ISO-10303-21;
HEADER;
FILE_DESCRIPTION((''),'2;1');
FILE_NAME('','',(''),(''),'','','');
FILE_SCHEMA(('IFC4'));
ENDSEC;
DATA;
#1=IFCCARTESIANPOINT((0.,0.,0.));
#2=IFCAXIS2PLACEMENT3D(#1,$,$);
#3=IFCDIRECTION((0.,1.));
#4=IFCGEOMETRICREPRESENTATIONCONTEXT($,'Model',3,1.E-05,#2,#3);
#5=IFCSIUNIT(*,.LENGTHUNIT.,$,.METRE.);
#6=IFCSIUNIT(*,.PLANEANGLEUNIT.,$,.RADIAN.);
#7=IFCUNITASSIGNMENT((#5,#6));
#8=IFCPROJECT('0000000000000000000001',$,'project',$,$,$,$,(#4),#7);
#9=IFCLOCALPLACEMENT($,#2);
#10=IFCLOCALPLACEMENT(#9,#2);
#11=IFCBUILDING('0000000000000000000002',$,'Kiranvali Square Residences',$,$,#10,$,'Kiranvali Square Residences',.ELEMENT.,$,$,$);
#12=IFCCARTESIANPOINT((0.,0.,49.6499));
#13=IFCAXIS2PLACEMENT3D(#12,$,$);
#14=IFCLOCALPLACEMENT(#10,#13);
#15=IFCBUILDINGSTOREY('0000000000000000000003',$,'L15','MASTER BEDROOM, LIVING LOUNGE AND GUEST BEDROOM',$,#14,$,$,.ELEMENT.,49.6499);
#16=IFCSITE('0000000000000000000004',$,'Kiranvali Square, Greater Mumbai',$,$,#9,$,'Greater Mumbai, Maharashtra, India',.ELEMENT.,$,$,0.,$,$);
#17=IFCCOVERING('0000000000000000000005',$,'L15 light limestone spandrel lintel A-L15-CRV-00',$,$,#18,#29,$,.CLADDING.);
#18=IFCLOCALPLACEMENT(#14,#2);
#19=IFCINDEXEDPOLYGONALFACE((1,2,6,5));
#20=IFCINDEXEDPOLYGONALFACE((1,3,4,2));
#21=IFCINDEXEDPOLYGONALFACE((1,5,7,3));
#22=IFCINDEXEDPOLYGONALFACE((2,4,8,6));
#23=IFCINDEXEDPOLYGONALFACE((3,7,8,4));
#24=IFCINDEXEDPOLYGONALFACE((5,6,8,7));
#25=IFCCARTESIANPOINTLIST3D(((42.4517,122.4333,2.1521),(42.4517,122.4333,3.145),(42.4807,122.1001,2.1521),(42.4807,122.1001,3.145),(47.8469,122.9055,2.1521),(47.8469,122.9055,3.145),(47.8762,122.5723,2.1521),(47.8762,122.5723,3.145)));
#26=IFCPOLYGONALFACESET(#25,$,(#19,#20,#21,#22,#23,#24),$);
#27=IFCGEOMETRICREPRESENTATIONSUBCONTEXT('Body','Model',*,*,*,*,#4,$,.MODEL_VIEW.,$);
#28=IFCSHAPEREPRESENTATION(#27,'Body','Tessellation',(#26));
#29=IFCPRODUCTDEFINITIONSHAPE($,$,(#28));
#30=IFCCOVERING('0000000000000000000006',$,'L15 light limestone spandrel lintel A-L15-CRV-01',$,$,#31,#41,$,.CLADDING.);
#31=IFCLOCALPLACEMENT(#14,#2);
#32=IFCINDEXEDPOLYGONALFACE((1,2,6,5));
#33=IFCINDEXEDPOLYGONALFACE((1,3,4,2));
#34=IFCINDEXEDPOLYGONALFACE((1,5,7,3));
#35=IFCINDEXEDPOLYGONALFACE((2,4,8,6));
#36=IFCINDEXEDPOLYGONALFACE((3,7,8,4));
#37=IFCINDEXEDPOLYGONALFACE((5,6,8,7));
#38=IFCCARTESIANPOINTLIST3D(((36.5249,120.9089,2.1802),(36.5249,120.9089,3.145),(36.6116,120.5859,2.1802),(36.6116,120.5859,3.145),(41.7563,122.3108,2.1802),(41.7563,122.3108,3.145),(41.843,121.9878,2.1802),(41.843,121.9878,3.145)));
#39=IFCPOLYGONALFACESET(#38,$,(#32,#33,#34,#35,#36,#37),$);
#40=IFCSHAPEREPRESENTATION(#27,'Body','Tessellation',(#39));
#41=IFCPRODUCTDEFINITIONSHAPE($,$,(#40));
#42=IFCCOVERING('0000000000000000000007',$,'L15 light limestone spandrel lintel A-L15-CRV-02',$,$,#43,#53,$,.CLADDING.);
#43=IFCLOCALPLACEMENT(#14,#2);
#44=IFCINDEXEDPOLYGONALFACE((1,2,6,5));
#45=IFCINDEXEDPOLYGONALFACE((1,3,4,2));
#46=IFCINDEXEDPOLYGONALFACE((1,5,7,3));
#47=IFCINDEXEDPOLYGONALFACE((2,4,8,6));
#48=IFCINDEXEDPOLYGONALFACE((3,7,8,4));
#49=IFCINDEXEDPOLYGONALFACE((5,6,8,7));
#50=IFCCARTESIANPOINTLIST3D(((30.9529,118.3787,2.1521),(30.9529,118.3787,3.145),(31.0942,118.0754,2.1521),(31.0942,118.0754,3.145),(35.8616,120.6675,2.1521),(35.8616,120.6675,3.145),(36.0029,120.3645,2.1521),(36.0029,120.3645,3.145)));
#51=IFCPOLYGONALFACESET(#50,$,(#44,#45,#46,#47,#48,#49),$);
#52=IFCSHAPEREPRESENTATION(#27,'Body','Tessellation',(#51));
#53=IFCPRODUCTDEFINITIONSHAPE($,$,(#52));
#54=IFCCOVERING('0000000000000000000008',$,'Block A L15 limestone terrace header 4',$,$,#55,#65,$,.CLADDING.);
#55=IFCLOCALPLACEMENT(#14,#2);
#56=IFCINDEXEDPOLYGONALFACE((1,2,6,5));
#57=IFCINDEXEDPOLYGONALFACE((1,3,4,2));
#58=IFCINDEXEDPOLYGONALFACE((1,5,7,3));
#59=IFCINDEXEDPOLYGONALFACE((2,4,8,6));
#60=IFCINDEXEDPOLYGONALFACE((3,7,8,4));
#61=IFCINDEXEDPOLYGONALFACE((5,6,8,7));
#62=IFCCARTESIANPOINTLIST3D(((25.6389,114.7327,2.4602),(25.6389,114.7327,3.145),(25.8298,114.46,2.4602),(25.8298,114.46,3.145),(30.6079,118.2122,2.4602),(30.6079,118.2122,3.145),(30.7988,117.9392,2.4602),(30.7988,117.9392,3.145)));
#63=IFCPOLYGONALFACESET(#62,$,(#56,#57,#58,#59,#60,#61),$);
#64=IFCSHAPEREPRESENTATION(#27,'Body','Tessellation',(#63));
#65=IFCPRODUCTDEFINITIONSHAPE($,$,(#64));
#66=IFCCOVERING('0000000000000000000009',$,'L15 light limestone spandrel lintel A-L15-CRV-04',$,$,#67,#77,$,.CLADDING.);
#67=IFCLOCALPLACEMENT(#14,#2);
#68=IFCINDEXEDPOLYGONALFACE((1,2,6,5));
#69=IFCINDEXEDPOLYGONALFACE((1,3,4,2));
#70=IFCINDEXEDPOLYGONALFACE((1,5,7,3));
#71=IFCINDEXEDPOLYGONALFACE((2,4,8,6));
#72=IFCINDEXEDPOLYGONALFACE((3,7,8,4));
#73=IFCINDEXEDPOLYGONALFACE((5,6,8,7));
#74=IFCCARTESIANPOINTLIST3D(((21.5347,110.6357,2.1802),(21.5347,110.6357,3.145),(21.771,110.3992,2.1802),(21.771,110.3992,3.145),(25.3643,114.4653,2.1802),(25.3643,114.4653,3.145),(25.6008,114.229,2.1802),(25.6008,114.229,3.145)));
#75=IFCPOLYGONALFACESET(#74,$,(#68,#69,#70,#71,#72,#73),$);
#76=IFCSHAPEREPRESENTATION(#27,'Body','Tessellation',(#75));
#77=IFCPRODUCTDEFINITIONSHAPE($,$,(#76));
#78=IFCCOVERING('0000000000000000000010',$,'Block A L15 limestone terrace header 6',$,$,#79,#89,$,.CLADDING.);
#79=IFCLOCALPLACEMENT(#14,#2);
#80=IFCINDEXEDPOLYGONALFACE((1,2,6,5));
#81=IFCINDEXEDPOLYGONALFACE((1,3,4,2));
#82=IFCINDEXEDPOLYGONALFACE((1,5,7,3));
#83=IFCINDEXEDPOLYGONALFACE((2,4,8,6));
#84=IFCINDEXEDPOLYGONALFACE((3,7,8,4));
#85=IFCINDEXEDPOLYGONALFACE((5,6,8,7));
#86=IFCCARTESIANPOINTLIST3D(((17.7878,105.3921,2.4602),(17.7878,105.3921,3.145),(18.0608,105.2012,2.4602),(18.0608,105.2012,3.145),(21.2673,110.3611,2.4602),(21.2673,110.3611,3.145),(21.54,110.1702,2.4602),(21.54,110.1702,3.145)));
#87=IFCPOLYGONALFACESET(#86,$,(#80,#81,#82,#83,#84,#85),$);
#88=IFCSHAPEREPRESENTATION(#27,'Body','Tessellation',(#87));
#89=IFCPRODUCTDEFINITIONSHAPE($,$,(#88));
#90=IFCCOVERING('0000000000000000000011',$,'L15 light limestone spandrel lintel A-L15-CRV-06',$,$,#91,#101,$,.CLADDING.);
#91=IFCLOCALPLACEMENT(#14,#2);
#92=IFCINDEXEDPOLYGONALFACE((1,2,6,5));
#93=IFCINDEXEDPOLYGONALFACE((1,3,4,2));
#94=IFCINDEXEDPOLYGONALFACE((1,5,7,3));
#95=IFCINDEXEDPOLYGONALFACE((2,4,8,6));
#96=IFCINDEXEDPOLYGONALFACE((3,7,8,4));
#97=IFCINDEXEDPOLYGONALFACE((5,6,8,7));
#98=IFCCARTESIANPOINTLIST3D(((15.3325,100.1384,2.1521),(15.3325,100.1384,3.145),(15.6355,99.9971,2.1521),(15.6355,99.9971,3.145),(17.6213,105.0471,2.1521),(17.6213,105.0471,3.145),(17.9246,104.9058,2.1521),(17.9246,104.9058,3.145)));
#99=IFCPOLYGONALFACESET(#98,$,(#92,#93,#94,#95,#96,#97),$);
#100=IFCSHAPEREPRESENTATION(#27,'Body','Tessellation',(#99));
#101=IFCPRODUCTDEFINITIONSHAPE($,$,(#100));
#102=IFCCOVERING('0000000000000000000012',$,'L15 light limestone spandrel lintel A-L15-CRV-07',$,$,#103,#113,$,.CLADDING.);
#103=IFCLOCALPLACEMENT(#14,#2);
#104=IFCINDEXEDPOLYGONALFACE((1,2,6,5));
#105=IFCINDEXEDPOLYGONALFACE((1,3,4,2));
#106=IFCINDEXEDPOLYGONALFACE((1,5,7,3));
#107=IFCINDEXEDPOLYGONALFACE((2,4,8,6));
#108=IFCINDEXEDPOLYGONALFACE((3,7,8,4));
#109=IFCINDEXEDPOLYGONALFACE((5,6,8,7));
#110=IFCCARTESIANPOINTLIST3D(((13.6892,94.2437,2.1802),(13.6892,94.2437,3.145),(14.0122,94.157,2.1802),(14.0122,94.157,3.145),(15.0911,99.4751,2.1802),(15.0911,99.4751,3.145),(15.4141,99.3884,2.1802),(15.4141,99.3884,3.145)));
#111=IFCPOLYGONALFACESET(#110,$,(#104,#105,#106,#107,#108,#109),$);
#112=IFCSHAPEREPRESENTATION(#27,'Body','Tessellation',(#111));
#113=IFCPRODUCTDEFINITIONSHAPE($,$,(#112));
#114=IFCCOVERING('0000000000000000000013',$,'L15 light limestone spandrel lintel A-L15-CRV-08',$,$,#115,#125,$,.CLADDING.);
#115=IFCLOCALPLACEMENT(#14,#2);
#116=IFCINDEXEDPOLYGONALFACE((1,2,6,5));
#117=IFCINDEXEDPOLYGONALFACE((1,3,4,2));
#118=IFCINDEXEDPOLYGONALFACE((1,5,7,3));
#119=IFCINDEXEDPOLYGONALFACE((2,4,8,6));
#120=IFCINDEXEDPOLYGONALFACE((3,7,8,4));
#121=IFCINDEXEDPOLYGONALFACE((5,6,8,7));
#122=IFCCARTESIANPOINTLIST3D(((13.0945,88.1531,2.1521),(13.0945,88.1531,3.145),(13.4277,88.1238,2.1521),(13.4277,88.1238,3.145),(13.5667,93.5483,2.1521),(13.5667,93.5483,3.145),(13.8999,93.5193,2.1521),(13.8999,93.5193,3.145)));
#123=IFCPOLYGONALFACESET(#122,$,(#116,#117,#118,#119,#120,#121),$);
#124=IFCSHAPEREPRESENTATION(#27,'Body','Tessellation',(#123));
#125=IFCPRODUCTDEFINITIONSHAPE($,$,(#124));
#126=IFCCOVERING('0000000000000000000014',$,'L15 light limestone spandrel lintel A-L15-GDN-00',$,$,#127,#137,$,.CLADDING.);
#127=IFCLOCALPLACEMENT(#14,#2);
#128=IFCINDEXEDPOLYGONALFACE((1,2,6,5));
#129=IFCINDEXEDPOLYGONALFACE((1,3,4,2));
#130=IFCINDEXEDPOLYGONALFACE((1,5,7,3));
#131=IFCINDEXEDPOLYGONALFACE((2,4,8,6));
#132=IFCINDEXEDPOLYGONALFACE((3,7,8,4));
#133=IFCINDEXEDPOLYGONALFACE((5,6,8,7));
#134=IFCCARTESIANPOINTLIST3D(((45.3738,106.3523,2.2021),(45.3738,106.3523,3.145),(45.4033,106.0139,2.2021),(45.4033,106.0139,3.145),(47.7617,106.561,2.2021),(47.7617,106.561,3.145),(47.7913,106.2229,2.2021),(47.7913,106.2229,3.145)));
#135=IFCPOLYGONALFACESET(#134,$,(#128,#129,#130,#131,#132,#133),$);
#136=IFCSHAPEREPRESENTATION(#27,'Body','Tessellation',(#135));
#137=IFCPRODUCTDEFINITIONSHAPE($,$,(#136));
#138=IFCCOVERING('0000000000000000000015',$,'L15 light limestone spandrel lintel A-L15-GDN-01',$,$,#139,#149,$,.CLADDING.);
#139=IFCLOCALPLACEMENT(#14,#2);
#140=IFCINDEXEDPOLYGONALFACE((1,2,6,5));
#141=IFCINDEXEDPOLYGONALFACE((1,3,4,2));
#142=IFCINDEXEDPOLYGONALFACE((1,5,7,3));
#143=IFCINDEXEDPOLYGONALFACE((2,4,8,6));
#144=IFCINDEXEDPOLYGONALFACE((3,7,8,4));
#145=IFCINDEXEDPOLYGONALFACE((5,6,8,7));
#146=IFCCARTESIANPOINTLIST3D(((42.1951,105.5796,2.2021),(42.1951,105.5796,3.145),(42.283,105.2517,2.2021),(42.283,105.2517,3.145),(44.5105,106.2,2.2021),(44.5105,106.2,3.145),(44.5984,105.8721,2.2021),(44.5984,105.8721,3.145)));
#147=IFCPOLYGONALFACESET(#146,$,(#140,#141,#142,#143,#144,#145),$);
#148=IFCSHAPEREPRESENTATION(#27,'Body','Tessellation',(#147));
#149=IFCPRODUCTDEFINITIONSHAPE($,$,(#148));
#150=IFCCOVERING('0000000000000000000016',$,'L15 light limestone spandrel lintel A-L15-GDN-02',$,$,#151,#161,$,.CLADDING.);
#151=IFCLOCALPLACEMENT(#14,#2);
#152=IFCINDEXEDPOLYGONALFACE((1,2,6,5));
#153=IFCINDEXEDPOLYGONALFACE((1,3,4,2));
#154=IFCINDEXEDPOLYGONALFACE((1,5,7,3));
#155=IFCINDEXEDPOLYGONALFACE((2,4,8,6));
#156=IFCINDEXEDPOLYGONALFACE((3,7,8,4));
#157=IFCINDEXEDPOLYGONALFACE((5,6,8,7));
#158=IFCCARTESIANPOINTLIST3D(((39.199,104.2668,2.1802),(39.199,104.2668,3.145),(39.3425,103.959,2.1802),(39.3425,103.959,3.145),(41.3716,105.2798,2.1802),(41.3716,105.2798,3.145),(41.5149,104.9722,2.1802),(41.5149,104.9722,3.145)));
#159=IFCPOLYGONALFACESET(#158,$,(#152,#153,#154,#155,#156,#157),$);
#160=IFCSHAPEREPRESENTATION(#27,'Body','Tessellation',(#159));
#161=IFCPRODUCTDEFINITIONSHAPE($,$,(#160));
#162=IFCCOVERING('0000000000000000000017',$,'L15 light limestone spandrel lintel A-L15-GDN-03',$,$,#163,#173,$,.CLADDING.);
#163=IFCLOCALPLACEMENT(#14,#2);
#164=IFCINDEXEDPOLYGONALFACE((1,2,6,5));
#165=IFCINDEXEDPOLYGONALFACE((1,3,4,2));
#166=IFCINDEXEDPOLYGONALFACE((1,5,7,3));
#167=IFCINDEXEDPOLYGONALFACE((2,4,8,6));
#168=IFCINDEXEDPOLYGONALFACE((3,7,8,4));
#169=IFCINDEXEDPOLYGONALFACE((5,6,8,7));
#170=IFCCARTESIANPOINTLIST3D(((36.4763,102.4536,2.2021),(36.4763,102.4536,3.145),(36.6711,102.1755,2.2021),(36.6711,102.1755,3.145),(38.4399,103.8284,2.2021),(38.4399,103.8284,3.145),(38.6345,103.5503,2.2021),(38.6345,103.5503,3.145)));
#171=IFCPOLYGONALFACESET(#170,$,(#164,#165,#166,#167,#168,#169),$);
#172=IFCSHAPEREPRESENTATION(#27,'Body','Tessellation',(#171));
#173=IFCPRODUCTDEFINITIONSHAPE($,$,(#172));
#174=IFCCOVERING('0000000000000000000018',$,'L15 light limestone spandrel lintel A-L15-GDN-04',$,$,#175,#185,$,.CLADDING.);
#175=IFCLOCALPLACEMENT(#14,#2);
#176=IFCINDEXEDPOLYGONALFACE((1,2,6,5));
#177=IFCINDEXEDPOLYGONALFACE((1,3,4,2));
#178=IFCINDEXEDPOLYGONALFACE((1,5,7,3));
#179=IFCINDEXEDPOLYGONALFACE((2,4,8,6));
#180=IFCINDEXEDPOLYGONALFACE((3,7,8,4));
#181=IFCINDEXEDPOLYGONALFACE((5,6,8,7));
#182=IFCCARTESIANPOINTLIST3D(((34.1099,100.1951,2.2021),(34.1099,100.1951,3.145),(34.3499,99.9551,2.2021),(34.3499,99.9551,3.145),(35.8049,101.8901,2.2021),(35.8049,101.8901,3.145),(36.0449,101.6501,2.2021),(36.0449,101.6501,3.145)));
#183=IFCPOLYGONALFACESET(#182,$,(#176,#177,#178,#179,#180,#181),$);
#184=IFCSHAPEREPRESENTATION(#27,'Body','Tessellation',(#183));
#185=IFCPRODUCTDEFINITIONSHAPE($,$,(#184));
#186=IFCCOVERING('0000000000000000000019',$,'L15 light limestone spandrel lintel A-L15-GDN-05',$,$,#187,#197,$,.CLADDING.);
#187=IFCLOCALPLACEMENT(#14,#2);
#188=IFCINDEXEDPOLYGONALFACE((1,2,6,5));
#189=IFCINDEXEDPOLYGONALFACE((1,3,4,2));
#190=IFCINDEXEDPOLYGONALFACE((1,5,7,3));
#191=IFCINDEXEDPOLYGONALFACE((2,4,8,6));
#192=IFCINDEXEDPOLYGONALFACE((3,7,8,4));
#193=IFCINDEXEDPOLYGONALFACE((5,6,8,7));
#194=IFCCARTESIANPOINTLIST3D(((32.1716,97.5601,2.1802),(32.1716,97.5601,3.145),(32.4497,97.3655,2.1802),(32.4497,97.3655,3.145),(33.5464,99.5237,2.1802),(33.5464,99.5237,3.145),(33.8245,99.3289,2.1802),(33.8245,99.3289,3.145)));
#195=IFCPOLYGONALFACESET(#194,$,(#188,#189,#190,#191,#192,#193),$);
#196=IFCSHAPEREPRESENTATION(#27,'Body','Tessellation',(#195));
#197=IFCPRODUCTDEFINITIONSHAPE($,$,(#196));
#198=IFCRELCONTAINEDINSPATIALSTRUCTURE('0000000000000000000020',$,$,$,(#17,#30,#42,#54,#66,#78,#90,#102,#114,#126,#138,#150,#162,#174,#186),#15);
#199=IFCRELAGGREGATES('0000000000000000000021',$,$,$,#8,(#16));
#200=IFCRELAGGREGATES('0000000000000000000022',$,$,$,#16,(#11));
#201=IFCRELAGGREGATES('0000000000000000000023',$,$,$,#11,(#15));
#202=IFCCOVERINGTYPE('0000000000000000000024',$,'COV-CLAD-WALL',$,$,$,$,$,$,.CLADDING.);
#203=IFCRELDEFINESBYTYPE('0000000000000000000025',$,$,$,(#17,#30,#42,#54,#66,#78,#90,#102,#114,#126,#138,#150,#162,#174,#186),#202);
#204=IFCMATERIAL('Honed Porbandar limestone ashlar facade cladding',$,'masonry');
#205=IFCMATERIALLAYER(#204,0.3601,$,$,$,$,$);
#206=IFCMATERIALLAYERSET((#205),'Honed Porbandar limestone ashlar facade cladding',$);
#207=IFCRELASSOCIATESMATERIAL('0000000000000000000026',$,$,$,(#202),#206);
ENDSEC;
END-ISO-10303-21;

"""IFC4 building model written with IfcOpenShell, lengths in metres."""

from ifc_helpers import new_model, si_unit, direction, frame, origin, place, context, subcontext, project, spatial, polyline, outline, extrude, material, layer, layer_set, type_object, element, save


model = new_model("IFC4")

# Units and contexts
model_context = context("Model", 3, precision=1e-05, world=origin(), true_north=direction((0.0, 1.0)))
body_context = subcontext(model_context, "Body", "Model", "MODEL_VIEW")
ifc_project = project(units=[si_unit("LENGTHUNIT", "METRE"), si_unit("PLANEANGLEUNIT", "RADIAN")], contexts=[model_context])

# Site, building, storey
site_placement = place(None, origin())
site = spatial("IfcSite", under=ifc_project, at=site_placement, Name="Kiranvali Square, Greater Mumbai", LongName="Greater Mumbai, Maharashtra, India", CompositionType="ELEMENT", RefElevation=0.0)
building_placement = place(site_placement, origin())
building = spatial("IfcBuilding", under=site, at=building_placement, Name="Kiranvali Square Residences", LongName="Kiranvali Square Residences", CompositionType="ELEMENT")
storey_placement = place(building_placement, frame((0.0, 0.0, 49.6499)))
storey = spatial("IfcBuildingStorey", under=building, at=storey_placement, Name="L15", Description="MASTER BEDROOM, LIVING LOUNGE AND GUEST BEDROOM", CompositionType="ELEMENT", Elevation=49.6499)

# Coverings
ifc_material = material(Name="Honed Porbandar limestone ashlar facade cladding", Category="masonry")
ifc_layer = layer(ifc_material, 0.3601)
ifc_layer_set = layer_set([ifc_layer], Name="Honed Porbandar limestone ashlar facade cladding")
covering_type = type_object("IfcCoveringType", Name="COV-CLAD-WALL", PredefinedType="CLADDING", material=ifc_layer_set)
covering_1_placement = place(storey_placement, frame((0.0, 0.0, 2.1521)))
element("IfcCovering", 1, at=covering_1_placement, inside=storey, type_object=covering_type, Name="L15 light limestone spandrel lintel A-L15-CRV-00", PredefinedType="CLADDING", context=body_context, shape_type="SweptSolid", body=[
    extrude(outline(polyline([(47.8469, 122.9055), (42.4517, 122.4333), (42.4807, 122.1001), (47.8762, 122.5723), (47.8469, 122.9055)])), origin(), (0.0, 0.0, 1.0), 0.9929),
])
covering_2_placement = place(storey_placement, frame((0.0, 0.0, 2.1802)))
element("IfcCovering", 2, at=covering_2_placement, inside=storey, type_object=covering_type, Name="L15 light limestone spandrel lintel A-L15-CRV-01", PredefinedType="CLADDING", context=body_context, shape_type="SweptSolid", body=[
    extrude(outline(polyline([(41.7563, 122.3108), (36.5249, 120.9089), (36.6116, 120.5859), (41.843, 121.9878), (41.7563, 122.3108)])), origin(), (0.0, 0.0, 1.0), 0.9648),
])
covering_3_placement = place(storey_placement, frame((0.0, 0.0, 2.1521)))
element("IfcCovering", 3, at=covering_3_placement, inside=storey, type_object=covering_type, Name="L15 light limestone spandrel lintel A-L15-CRV-02", PredefinedType="CLADDING", context=body_context, shape_type="SweptSolid", body=[
    extrude(outline(polyline([(35.8616, 120.6675), (30.9529, 118.3787), (31.0942, 118.0754), (36.0029, 120.3645), (35.8616, 120.6675)])), origin(), (0.0, 0.0, 1.0), 0.9929),
])
covering_4_placement = place(storey_placement, frame((0.0, 0.0, 2.4602)))
element("IfcCovering", 4, at=covering_4_placement, inside=storey, type_object=covering_type, Name="Block A L15 limestone terrace header 4", PredefinedType="CLADDING", context=body_context, shape_type="SweptSolid", body=[
    extrude(outline(polyline([(30.6079, 118.2122), (25.6389, 114.7327), (25.8298, 114.46), (30.7988, 117.9392), (30.6079, 118.2122)])), origin(), (0.0, 0.0, 1.0), 0.6848),
])
covering_5_placement = place(storey_placement, frame((0.0, 0.0, 2.1802)))
element("IfcCovering", 5, at=covering_5_placement, inside=storey, type_object=covering_type, Name="L15 light limestone spandrel lintel A-L15-CRV-04", PredefinedType="CLADDING", context=body_context, shape_type="SweptSolid", body=[
    extrude(outline(polyline([(25.3643, 114.4653), (21.5347, 110.6357), (21.771, 110.3992), (25.6008, 114.229), (25.3643, 114.4653)])), origin(), (0.0, 0.0, 1.0), 0.9648),
])
covering_6_placement = place(storey_placement, frame((0.0, 0.0, 2.4602)))
element("IfcCovering", 6, at=covering_6_placement, inside=storey, type_object=covering_type, Name="Block A L15 limestone terrace header 6", PredefinedType="CLADDING", context=body_context, shape_type="SweptSolid", body=[
    extrude(outline(polyline([(21.2673, 110.3611), (17.7878, 105.3921), (18.0608, 105.2012), (21.54, 110.1702), (21.2673, 110.3611)])), origin(), (0.0, 0.0, 1.0), 0.6848),
])
covering_7_placement = place(storey_placement, frame((0.0, 0.0, 2.1521)))
element("IfcCovering", 7, at=covering_7_placement, inside=storey, type_object=covering_type, Name="L15 light limestone spandrel lintel A-L15-CRV-06", PredefinedType="CLADDING", context=body_context, shape_type="SweptSolid", body=[
    extrude(outline(polyline([(17.6213, 105.0471), (15.3325, 100.1384), (15.6355, 99.9971), (17.9246, 104.9058), (17.6213, 105.0471)])), origin(), (0.0, 0.0, 1.0), 0.9929),
])
covering_8_placement = place(storey_placement, frame((0.0, 0.0, 2.1802)))
element("IfcCovering", 8, at=covering_8_placement, inside=storey, type_object=covering_type, Name="L15 light limestone spandrel lintel A-L15-CRV-07", PredefinedType="CLADDING", context=body_context, shape_type="SweptSolid", body=[
    extrude(outline(polyline([(15.0911, 99.4751), (13.6892, 94.2437), (14.0122, 94.157), (15.4141, 99.3884), (15.0911, 99.4751)])), origin(), (0.0, 0.0, 1.0), 0.9648),
])
covering_9_placement = place(storey_placement, frame((0.0, 0.0, 2.1521)))
element("IfcCovering", 9, at=covering_9_placement, inside=storey, type_object=covering_type, Name="L15 light limestone spandrel lintel A-L15-CRV-08", PredefinedType="CLADDING", context=body_context, shape_type="SweptSolid", body=[
    extrude(outline(polyline([(13.5667, 93.5483), (13.0945, 88.1531), (13.4277, 88.1238), (13.8999, 93.5193), (13.5667, 93.5483)])), origin(), (0.0, 0.0, 1.0), 0.9929),
])
covering_10_placement = place(storey_placement, frame((0.0, 0.0, 2.2021)))
element("IfcCovering", 10, at=covering_10_placement, inside=storey, type_object=covering_type, Name="L15 light limestone spandrel lintel A-L15-GDN-00", PredefinedType="CLADDING", context=body_context, shape_type="SweptSolid", body=[
    extrude(outline(polyline([(47.7617, 106.561), (45.3738, 106.3523), (45.4033, 106.0139), (47.7913, 106.2229), (47.7617, 106.561)])), origin(), (0.0, 0.0, 1.0), 0.9429),
])
covering_11_placement = place(storey_placement, frame((0.0, 0.0, 2.2021)))
element("IfcCovering", 11, at=covering_11_placement, inside=storey, type_object=covering_type, Name="L15 light limestone spandrel lintel A-L15-GDN-01", PredefinedType="CLADDING", context=body_context, shape_type="SweptSolid", body=[
    extrude(outline(polyline([(44.5105, 106.2), (42.1951, 105.5796), (42.283, 105.2517), (44.5984, 105.8721), (44.5105, 106.2)])), origin(), (0.0, 0.0, 1.0), 0.9429),
])
covering_12_placement = place(storey_placement, frame((0.0, 0.0, 2.1802)))
element("IfcCovering", 12, at=covering_12_placement, inside=storey, type_object=covering_type, Name="L15 light limestone spandrel lintel A-L15-GDN-02", PredefinedType="CLADDING", context=body_context, shape_type="SweptSolid", body=[
    extrude(outline(polyline([(41.3716, 105.2798), (39.199, 104.2668), (39.3425, 103.959), (41.5149, 104.9722), (41.3716, 105.2798)])), origin(), (0.0, 0.0, 1.0), 0.9648),
])
covering_13_placement = place(storey_placement, frame((0.0, 0.0, 2.2021)))
element("IfcCovering", 13, at=covering_13_placement, inside=storey, type_object=covering_type, Name="L15 light limestone spandrel lintel A-L15-GDN-03", PredefinedType="CLADDING", context=body_context, shape_type="SweptSolid", body=[
    extrude(outline(polyline([(38.4399, 103.8284), (36.4763, 102.4536), (36.6711, 102.1755), (38.6345, 103.5503), (38.4399, 103.8284)])), origin(), (0.0, 0.0, 1.0), 0.9429),
])
covering_14_placement = place(storey_placement, frame((0.0, 0.0, 2.2021)))
element("IfcCovering", 14, at=covering_14_placement, inside=storey, type_object=covering_type, Name="L15 light limestone spandrel lintel A-L15-GDN-04", PredefinedType="CLADDING", context=body_context, shape_type="SweptSolid", body=[
    extrude(outline(polyline([(35.8049, 101.8901), (34.1099, 100.1951), (34.3499, 99.9551), (36.0449, 101.6501), (35.8049, 101.8901)])), origin(), (0.0, 0.0, 1.0), 0.9429),
])
covering_15_placement = place(storey_placement, frame((0.0, 0.0, 2.1802)))
element("IfcCovering", 15, at=covering_15_placement, inside=storey, type_object=covering_type, Name="L15 light limestone spandrel lintel A-L15-GDN-05", PredefinedType="CLADDING", context=body_context, shape_type="SweptSolid", body=[
    extrude(outline(polyline([(33.5464, 99.5237), (32.1716, 97.5601), (32.4497, 97.3655), (33.8245, 99.3289), (33.5464, 99.5237)])), origin(), (0.0, 0.0, 1.0), 0.9648),
])

save(model, "model.ifc")
